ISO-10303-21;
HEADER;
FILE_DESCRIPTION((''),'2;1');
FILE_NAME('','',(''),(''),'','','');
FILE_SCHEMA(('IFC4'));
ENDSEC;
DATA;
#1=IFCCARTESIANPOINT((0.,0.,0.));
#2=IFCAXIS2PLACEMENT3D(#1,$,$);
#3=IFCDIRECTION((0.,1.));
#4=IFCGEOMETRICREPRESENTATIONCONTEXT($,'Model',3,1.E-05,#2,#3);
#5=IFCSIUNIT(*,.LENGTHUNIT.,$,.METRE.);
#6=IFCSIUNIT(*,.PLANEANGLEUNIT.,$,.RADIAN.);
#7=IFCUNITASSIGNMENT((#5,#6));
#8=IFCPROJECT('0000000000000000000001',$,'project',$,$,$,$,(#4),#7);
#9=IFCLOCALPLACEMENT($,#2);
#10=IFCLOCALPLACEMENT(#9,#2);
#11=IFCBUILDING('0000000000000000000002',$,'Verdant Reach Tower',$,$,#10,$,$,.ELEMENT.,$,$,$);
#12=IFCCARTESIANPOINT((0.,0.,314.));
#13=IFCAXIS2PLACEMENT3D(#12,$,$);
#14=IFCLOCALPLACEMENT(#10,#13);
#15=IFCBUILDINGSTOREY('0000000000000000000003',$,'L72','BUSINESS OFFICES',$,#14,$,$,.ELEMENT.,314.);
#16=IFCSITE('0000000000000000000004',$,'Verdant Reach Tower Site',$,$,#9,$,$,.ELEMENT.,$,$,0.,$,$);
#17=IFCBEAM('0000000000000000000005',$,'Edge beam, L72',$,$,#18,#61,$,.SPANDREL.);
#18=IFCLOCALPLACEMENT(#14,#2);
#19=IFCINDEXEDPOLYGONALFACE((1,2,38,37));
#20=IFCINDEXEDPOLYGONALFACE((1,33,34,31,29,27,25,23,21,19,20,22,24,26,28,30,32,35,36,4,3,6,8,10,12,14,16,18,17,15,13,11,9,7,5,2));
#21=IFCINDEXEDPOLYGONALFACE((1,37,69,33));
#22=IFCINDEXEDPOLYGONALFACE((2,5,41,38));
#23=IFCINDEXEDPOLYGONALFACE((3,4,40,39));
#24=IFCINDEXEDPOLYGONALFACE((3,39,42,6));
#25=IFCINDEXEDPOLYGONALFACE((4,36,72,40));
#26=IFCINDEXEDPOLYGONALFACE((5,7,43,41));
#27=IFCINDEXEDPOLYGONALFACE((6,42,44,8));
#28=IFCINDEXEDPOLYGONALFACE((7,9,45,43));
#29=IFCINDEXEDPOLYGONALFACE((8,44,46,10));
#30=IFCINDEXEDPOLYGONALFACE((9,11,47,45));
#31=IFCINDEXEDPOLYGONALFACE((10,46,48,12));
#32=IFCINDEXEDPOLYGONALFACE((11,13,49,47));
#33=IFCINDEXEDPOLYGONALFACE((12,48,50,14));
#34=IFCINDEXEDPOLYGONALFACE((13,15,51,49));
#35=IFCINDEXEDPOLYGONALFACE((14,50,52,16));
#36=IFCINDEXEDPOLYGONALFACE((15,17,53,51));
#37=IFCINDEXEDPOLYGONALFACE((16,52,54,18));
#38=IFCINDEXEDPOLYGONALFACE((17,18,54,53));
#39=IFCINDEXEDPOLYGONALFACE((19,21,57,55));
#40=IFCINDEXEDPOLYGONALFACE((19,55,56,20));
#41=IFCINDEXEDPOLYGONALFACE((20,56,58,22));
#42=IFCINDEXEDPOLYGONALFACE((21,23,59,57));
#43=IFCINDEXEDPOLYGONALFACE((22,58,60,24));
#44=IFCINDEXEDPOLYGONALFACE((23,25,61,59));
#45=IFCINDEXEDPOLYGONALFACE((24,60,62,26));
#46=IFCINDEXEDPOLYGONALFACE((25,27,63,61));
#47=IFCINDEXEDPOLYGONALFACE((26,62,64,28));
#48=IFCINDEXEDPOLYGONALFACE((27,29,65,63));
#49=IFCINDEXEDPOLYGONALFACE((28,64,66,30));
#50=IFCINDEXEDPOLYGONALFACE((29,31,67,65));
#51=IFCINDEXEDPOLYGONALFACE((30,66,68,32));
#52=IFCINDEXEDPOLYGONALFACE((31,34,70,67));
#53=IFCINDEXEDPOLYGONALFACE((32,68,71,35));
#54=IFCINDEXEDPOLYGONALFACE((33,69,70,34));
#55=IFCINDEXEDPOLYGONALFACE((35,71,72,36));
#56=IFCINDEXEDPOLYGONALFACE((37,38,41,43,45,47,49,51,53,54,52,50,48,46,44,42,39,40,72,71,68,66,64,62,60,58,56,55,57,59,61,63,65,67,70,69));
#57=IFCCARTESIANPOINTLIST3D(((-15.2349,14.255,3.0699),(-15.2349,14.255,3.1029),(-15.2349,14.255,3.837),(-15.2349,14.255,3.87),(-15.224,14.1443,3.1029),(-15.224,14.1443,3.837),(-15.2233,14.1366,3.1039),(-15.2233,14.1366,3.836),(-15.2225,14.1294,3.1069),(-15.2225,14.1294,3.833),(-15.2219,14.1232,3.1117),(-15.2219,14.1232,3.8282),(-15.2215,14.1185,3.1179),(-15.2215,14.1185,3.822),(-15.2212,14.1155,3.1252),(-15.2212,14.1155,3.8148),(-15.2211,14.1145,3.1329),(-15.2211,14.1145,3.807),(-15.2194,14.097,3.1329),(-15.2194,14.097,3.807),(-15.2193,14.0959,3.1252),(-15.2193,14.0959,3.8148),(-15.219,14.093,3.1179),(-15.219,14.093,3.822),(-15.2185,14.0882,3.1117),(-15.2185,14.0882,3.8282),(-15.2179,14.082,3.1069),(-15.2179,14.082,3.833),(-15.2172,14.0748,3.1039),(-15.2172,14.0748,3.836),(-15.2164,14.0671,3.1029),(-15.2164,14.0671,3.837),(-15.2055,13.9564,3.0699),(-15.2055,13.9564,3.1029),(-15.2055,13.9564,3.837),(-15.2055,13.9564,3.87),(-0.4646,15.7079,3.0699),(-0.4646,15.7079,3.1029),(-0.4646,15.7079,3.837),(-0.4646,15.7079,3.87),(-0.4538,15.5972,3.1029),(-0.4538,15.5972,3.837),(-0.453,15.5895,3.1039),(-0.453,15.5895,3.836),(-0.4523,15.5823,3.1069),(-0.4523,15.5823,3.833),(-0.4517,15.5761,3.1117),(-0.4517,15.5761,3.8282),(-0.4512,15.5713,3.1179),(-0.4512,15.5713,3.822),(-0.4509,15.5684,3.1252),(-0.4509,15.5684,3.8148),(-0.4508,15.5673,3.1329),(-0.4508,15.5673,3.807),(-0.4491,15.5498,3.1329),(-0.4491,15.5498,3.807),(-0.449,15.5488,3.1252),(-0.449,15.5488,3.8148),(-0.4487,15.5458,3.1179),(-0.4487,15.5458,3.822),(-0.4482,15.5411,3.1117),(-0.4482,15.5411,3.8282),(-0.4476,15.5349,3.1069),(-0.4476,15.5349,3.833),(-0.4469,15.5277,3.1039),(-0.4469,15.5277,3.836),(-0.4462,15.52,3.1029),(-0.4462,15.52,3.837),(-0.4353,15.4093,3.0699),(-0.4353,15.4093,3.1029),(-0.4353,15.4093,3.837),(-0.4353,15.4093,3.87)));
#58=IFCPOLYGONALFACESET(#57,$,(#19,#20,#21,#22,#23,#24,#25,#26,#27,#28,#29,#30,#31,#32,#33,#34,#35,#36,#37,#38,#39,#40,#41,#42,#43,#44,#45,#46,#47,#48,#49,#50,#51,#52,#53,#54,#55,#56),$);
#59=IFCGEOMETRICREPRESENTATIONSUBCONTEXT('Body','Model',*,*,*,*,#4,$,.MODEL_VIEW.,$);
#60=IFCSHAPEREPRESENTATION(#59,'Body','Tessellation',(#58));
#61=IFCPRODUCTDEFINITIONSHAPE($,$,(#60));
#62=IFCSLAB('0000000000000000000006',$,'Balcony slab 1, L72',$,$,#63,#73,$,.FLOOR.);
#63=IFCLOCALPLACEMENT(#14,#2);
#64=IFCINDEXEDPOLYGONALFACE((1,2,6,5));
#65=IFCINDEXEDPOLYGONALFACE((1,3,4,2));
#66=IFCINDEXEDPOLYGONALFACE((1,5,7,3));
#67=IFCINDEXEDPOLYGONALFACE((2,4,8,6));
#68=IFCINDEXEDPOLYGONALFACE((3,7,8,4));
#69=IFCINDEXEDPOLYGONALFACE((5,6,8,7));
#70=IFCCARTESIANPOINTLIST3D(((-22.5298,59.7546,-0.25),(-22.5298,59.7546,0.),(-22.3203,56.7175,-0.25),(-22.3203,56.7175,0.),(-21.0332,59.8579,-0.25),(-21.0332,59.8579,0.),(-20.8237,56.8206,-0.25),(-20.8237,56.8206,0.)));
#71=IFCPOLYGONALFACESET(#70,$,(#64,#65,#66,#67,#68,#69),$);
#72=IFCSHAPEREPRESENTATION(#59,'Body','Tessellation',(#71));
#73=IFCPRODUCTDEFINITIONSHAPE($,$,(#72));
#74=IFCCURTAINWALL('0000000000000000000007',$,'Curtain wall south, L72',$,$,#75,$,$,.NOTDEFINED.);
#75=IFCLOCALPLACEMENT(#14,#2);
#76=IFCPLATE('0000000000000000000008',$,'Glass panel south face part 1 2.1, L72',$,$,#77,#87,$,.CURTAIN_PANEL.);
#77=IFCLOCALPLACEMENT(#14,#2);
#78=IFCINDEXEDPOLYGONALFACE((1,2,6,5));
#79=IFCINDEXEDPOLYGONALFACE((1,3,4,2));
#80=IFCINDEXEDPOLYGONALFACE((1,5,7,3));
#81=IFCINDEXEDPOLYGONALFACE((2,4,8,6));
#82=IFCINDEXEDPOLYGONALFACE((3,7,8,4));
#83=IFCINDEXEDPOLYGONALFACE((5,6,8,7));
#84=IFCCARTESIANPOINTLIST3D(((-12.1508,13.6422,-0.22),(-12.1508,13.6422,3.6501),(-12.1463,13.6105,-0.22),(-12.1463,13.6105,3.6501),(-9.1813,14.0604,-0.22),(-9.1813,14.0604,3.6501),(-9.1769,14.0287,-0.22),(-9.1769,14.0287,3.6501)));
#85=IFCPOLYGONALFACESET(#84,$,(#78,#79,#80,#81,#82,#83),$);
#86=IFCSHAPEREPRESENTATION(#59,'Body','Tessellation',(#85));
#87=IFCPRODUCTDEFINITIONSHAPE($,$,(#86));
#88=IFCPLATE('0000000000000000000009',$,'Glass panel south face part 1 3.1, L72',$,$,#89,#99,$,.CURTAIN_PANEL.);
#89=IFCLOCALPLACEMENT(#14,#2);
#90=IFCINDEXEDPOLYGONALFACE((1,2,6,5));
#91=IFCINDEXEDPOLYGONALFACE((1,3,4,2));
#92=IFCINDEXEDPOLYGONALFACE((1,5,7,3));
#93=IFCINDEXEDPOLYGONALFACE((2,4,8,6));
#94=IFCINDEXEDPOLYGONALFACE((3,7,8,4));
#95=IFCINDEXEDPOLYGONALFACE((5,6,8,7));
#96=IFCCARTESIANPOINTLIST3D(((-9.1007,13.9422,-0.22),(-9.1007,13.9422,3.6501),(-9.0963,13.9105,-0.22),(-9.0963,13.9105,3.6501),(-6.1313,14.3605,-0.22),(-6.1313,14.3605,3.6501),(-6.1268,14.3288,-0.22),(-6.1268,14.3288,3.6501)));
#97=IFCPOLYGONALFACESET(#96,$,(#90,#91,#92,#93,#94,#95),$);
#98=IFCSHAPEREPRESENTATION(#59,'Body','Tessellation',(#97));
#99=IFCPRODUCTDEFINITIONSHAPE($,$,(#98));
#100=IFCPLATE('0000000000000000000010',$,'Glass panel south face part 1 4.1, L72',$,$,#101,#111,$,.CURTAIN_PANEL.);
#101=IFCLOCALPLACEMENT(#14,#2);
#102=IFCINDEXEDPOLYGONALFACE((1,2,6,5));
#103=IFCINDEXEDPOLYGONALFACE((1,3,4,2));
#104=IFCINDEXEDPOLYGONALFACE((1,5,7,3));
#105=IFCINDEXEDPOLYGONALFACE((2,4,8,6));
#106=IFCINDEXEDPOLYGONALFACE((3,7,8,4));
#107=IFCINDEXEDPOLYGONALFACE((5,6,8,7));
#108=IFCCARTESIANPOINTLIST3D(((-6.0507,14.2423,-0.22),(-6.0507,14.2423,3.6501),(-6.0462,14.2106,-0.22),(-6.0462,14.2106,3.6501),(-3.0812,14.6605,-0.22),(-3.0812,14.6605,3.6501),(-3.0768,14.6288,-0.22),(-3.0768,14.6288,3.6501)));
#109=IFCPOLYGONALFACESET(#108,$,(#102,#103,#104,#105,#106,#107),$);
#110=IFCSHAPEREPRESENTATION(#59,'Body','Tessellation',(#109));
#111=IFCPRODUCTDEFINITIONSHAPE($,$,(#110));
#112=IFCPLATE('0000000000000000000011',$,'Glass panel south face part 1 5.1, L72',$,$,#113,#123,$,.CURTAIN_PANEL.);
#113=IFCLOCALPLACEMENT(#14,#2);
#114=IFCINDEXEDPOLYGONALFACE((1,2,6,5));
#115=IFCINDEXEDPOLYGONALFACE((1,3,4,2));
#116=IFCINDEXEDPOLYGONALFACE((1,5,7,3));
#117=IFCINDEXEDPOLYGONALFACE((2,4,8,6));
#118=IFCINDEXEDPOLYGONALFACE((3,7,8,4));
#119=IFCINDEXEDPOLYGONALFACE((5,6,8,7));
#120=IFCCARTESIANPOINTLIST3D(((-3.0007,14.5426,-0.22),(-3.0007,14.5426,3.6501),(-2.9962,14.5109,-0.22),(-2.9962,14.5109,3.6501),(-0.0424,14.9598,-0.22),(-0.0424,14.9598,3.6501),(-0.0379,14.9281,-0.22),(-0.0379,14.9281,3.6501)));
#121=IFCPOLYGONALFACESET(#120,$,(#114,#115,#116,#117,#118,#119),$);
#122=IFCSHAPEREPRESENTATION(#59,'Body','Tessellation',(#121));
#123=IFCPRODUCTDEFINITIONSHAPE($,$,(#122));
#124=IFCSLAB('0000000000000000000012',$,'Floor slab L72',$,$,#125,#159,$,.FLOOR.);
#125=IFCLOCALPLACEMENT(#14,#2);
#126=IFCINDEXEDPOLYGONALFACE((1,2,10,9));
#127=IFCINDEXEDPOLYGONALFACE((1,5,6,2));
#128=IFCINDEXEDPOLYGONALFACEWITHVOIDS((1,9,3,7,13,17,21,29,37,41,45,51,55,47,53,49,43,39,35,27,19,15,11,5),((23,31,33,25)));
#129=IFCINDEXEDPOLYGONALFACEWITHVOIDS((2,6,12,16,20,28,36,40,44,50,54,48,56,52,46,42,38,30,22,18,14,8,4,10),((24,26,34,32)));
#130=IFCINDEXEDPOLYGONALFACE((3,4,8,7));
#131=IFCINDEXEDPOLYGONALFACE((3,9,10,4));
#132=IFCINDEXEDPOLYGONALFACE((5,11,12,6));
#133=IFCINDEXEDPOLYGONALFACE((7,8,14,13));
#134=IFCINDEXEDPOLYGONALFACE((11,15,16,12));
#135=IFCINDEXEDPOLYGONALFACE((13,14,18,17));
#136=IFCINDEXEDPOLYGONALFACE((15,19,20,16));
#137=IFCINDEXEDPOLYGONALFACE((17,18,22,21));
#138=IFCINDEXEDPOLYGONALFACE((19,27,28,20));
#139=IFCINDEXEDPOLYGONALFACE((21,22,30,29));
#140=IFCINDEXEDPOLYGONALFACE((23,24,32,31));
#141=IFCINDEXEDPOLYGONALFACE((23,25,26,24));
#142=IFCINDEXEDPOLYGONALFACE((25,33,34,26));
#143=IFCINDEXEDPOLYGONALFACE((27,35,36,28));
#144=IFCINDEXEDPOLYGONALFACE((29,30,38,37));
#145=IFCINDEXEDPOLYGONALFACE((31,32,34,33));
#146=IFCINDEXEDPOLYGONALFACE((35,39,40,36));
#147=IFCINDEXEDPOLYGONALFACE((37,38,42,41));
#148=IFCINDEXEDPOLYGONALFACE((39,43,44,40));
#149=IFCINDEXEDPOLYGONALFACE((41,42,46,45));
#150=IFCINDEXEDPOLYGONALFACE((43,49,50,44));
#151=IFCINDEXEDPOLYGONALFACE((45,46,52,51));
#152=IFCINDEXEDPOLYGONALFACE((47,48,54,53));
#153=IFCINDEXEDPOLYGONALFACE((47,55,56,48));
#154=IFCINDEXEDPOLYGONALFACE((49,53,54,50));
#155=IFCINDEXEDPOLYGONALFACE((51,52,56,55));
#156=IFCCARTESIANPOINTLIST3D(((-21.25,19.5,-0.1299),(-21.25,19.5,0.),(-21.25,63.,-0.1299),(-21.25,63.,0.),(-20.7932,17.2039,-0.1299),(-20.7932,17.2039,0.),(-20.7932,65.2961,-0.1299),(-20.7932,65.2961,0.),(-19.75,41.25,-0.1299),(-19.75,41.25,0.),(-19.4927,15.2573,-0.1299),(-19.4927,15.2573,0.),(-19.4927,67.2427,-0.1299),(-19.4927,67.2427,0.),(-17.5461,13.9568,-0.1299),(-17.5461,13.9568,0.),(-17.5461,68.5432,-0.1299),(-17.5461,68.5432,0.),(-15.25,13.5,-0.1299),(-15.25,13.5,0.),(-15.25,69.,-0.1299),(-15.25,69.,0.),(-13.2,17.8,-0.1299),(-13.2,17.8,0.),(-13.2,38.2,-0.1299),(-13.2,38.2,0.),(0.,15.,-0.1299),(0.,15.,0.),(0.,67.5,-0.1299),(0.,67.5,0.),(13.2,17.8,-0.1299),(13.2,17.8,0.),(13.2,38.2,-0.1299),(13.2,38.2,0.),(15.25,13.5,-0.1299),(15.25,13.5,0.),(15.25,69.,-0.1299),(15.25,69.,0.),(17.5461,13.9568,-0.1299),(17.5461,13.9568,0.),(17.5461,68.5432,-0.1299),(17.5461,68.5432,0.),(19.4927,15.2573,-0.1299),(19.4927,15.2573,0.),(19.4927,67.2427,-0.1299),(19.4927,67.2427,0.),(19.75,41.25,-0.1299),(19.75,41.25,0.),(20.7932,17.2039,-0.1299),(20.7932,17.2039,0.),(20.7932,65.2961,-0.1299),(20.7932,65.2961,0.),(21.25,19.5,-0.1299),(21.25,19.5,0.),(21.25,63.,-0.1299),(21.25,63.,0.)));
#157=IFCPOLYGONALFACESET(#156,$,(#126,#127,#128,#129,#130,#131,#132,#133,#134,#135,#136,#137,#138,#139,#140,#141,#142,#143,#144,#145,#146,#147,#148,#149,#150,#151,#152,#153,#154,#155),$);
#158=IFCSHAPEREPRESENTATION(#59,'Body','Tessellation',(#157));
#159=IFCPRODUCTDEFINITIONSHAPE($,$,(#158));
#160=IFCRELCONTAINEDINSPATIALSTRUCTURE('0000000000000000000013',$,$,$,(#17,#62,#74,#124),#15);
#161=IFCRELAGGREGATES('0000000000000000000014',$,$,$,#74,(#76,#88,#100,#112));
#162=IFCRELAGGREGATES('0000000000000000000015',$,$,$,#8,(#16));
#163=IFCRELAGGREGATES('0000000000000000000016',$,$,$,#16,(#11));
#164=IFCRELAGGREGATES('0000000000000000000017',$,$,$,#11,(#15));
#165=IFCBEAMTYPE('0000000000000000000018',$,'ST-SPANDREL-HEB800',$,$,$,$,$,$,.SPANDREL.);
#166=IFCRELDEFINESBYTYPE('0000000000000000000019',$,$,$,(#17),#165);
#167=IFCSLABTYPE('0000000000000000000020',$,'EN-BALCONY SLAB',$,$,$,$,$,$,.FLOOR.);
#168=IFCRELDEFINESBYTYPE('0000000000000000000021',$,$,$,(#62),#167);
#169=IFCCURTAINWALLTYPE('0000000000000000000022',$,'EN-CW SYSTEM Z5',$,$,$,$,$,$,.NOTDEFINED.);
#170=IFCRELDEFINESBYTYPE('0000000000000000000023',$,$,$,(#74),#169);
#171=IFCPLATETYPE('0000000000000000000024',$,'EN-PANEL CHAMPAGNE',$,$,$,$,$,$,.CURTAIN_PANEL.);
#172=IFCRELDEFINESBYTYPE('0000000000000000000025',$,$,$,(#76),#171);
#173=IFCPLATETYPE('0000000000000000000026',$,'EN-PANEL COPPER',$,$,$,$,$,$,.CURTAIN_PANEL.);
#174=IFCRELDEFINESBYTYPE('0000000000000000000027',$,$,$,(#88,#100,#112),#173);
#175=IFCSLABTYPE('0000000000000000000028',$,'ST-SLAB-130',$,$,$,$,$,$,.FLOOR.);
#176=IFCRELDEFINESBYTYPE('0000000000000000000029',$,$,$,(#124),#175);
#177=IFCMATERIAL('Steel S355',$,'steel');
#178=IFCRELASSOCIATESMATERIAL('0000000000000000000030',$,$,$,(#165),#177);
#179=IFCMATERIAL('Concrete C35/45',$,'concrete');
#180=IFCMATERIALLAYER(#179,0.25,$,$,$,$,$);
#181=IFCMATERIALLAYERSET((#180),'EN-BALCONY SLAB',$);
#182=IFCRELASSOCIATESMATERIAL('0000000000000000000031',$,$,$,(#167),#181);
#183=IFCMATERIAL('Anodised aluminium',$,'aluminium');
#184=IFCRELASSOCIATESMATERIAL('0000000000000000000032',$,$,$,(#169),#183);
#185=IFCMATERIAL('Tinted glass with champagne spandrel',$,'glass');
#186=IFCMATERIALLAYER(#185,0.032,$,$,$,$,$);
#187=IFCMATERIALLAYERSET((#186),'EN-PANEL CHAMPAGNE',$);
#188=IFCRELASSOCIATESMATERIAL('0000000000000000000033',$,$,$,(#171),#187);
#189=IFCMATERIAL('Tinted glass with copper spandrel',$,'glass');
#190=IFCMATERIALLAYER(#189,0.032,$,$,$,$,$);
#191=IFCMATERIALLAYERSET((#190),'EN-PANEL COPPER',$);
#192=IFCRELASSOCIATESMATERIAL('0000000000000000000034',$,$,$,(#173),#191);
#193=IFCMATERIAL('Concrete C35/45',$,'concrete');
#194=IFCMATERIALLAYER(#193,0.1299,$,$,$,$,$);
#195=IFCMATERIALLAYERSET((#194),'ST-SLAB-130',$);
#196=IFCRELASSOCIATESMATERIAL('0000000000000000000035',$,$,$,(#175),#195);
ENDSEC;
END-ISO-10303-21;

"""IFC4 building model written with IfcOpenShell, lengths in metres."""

from ifc_helpers import new_model, si_unit, direction, frame, origin, origin_2d, place, context, subcontext, project, spatial, polyline, rectangle, i_section, outline, extrude, material, layer, layer_set, material_profile, profile_set, type_object, element, aggregate, save


model = new_model("IFC4")

# Units and contexts
model_context = context("Model", 3, precision=1e-05, world=origin(), true_north=direction((0.0, 1.0)))
body_context = subcontext(model_context, "Body", "Model", "MODEL_VIEW")
ifc_project = project(units=[si_unit("LENGTHUNIT", "METRE"), si_unit("PLANEANGLEUNIT", "RADIAN")], contexts=[model_context])

# Site, building, storey
site_placement = place(None, origin())
site = spatial("IfcSite", under=ifc_project, at=site_placement, Name="Verdant Reach Tower Site", CompositionType="ELEMENT", RefElevation=0.0)
building_placement = place(site_placement, origin())
building = spatial("IfcBuilding", under=site, at=building_placement, Name="Verdant Reach Tower", CompositionType="ELEMENT")
storey_placement = place(building_placement, frame((0.0, 0.0, 314.0)))
storey = spatial("IfcBuildingStorey", under=building, at=storey_placement, Name="L72", Description="BUSINESS OFFICES", CompositionType="ELEMENT", Elevation=314.0)

# Beam
ifc_material_1 = material(Name="Steel S355", Category="steel")
ifc_material_profile_1 = material_profile(ifc_material_1, i_section(OverallWidth=0.3, OverallDepth=0.8, WebThickness=0.0176, FlangeThickness=0.033, FilletRadius=0.03, at=origin_2d()), Name="HEB 800")
ifc_profile_set_1 = profile_set([ifc_material_profile_1], Name="Steel S355")
beam_type_1 = type_object("IfcBeamType", Name="ST-SPANDREL-HEB800", PredefinedType="SPANDREL", material=ifc_profile_set_1)
beam_1_placement = place(storey_placement, frame((-0.45, 15.5586, 3.47), z_axis=(-0.995197, -0.097893, 0.0), x_axis=(0.097893, -0.995197, 0.0)))
element("IfcBeam", 1, at=beam_1_placement, inside=storey, type_object=beam_type_1, Name="Edge beam, L72", PredefinedType="SPANDREL", context=body_context, shape_type="SweptSolid", body=[
    extrude(i_section(OverallWidth=0.3, OverallDepth=0.8, WebThickness=0.0176, FlangeThickness=0.033, FilletRadius=0.03, at=origin_2d()), origin(), (0.0, 0.0, 1.0), 14.8416),
])

# Slab
ifc_material_2 = material(Name="Concrete C35/45", Category="concrete")
ifc_layer_1 = layer(ifc_material_2, 0.25)
ifc_layer_set_1 = layer_set([ifc_layer_1], Name="EN-BALCONY SLAB")
slab_type_1 = type_object("IfcSlabType", Name="EN-BALCONY SLAB", PredefinedType="FLOOR", material=ifc_layer_set_1)
slab_1_placement = place(storey_placement, frame((0.0, 0.0, -0.25)))
element("IfcSlab", 2, at=slab_1_placement, inside=storey, type_object=slab_type_1, Name="Balcony slab 1, L72", PredefinedType="FLOOR", context=body_context, shape_type="SweptSolid", body=[
    extrude(outline(polyline([(-21.0332, 59.8579), (-20.8237, 56.8206), (-22.3203, 56.7175), (-22.5298, 59.7546), (-21.0332, 59.8579)])), origin(), (0.0, 0.0, 1.0), 0.25),
])

# Curtain wall, plates
ifc_material_3 = material(Name="Anodised aluminium", Category="aluminium")
curtain_wall_type = type_object("IfcCurtainWallType", Name="EN-CW SYSTEM Z5", PredefinedType="NOTDEFINED", material=ifc_material_3)
curtain_wall_placement = place(storey_placement, origin())
curtain_wall = element("IfcCurtainWall", 3, at=curtain_wall_placement, inside=storey, type_object=curtain_wall_type, Name="Curtain wall south, L72", PredefinedType="NOTDEFINED")
ifc_material_4 = material(Name="Tinted glass with champagne spandrel", Category="glass")
ifc_layer_2 = layer(ifc_material_4, 0.032)
ifc_layer_set_2 = layer_set([ifc_layer_2], Name="EN-PANEL CHAMPAGNE")
plate_type_1 = type_object("IfcPlateType", Name="EN-PANEL CHAMPAGNE", PredefinedType="CURTAIN_PANEL", material=ifc_layer_set_2)
plate_1_placement = place(storey_placement, frame((-10.6638, 13.8354, -0.22), z_axis=(0.0, 0.0, 1.0), x_axis=(0.990225, 0.139477, 0.0)))
plate_1 = element("IfcPlate", 4, at=plate_1_placement, type_object=plate_type_1, Name="Glass panel south face part 1 2.1, L72", PredefinedType="CURTAIN_PANEL", context=body_context, shape_type="SweptSolid", body=[
    extrude(rectangle(XDim=2.9988, YDim=0.032, at=origin_2d()), origin(), (0.0, 0.0, 1.0), 3.8701),
])
ifc_material_5 = material(Name="Tinted glass with copper spandrel", Category="glass")
ifc_layer_3 = layer(ifc_material_5, 0.032)
ifc_layer_set_3 = layer_set([ifc_layer_3], Name="EN-PANEL COPPER")
plate_type_2 = type_object("IfcPlateType", Name="EN-PANEL COPPER", PredefinedType="CURTAIN_PANEL", material=ifc_layer_set_3)
plate_2_placement = place(storey_placement, frame((-7.6138, 14.1355, -0.22), z_axis=(0.0, 0.0, 1.0), x_axis=(0.990225, 0.139477, 0.0)))
plate_2 = element("IfcPlate", 5, at=plate_2_placement, type_object=plate_type_2, Name="Glass panel south face part 1 3.1, L72", PredefinedType="CURTAIN_PANEL", context=body_context, shape_type="SweptSolid", body=[
    extrude(rectangle(XDim=2.9988, YDim=0.032, at=origin_2d()), origin(), (0.0, 0.0, 1.0), 3.8701),
])
plate_3_placement = place(storey_placement, frame((-4.5637, 14.4355, -0.22), z_axis=(0.0, 0.0, 1.0), x_axis=(0.990225, 0.139477, 0.0)))
plate_3 = element("IfcPlate", 6, at=plate_3_placement, type_object=plate_type_2, Name="Glass panel south face part 1 4.1, L72", PredefinedType="CURTAIN_PANEL", context=body_context, shape_type="SweptSolid", body=[
    extrude(rectangle(XDim=2.9988, YDim=0.032, at=origin_2d()), origin(), (0.0, 0.0, 1.0), 3.8701),
])
plate_4_placement = place(storey_placement, frame((-1.5193, 14.7354, -0.22), z_axis=(0.0, 0.0, 1.0), x_axis=(0.9902, 0.139656, 0.0)))
plate_4 = element("IfcPlate", 7, at=plate_4_placement, type_object=plate_type_2, Name="Glass panel south face part 1 5.1, L72", PredefinedType="CURTAIN_PANEL", context=body_context, shape_type="SweptSolid", body=[
    extrude(rectangle(XDim=2.9875, YDim=0.032, at=origin_2d()), origin(), (0.0, 0.0, 1.0), 3.8701),
])
aggregate(curtain_wall, [plate_1, plate_2, plate_3, plate_4])

# Slab
ifc_material_6 = material(Name="Concrete C35/45", Category="concrete")
ifc_layer_4 = layer(ifc_material_6, 0.1299)
ifc_layer_set_4 = layer_set([ifc_layer_4], Name="ST-SLAB-130")
slab_type_2 = type_object("IfcSlabType", Name="ST-SLAB-130", PredefinedType="FLOOR", material=ifc_layer_set_4)
slab_2_placement = place(storey_placement, frame((0.0, 0.0, -0.1299)))
element("IfcSlab", 8, at=slab_2_placement, inside=storey, type_object=slab_type_2, Name="Floor slab L72", PredefinedType="FLOOR", context=body_context, shape_type="SweptSolid", body=[
    extrude(outline(polyline([(0.0, 15.0), (-15.25, 13.5), (-17.5461, 13.9568), (-19.4927, 15.2573), (-20.7932, 17.2039), (-21.25, 19.5), (-19.75, 41.25), (-21.25, 63.0), (-20.7932, 65.2961), (-19.4927, 67.2427), (-17.5461, 68.5432), (-15.25, 69.0), (0.0, 67.5), (15.25, 69.0), (17.5461, 68.5432), (19.4927, 67.2427), (20.7932, 65.2961), (21.25, 63.0), (19.75, 41.25), (21.25, 19.5), (20.7932, 17.2039), (19.4927, 15.2573), (17.5461, 13.9568), (15.25, 13.5), (0.0, 15.0)]), holes=[polyline([(13.2, 38.2), (-13.2, 38.2), (-13.2, 17.8), (13.2, 17.8), (13.2, 38.2)])]), origin(), (0.0, 0.0, 1.0), 0.1299),
])

save(model, "model.ifc")
